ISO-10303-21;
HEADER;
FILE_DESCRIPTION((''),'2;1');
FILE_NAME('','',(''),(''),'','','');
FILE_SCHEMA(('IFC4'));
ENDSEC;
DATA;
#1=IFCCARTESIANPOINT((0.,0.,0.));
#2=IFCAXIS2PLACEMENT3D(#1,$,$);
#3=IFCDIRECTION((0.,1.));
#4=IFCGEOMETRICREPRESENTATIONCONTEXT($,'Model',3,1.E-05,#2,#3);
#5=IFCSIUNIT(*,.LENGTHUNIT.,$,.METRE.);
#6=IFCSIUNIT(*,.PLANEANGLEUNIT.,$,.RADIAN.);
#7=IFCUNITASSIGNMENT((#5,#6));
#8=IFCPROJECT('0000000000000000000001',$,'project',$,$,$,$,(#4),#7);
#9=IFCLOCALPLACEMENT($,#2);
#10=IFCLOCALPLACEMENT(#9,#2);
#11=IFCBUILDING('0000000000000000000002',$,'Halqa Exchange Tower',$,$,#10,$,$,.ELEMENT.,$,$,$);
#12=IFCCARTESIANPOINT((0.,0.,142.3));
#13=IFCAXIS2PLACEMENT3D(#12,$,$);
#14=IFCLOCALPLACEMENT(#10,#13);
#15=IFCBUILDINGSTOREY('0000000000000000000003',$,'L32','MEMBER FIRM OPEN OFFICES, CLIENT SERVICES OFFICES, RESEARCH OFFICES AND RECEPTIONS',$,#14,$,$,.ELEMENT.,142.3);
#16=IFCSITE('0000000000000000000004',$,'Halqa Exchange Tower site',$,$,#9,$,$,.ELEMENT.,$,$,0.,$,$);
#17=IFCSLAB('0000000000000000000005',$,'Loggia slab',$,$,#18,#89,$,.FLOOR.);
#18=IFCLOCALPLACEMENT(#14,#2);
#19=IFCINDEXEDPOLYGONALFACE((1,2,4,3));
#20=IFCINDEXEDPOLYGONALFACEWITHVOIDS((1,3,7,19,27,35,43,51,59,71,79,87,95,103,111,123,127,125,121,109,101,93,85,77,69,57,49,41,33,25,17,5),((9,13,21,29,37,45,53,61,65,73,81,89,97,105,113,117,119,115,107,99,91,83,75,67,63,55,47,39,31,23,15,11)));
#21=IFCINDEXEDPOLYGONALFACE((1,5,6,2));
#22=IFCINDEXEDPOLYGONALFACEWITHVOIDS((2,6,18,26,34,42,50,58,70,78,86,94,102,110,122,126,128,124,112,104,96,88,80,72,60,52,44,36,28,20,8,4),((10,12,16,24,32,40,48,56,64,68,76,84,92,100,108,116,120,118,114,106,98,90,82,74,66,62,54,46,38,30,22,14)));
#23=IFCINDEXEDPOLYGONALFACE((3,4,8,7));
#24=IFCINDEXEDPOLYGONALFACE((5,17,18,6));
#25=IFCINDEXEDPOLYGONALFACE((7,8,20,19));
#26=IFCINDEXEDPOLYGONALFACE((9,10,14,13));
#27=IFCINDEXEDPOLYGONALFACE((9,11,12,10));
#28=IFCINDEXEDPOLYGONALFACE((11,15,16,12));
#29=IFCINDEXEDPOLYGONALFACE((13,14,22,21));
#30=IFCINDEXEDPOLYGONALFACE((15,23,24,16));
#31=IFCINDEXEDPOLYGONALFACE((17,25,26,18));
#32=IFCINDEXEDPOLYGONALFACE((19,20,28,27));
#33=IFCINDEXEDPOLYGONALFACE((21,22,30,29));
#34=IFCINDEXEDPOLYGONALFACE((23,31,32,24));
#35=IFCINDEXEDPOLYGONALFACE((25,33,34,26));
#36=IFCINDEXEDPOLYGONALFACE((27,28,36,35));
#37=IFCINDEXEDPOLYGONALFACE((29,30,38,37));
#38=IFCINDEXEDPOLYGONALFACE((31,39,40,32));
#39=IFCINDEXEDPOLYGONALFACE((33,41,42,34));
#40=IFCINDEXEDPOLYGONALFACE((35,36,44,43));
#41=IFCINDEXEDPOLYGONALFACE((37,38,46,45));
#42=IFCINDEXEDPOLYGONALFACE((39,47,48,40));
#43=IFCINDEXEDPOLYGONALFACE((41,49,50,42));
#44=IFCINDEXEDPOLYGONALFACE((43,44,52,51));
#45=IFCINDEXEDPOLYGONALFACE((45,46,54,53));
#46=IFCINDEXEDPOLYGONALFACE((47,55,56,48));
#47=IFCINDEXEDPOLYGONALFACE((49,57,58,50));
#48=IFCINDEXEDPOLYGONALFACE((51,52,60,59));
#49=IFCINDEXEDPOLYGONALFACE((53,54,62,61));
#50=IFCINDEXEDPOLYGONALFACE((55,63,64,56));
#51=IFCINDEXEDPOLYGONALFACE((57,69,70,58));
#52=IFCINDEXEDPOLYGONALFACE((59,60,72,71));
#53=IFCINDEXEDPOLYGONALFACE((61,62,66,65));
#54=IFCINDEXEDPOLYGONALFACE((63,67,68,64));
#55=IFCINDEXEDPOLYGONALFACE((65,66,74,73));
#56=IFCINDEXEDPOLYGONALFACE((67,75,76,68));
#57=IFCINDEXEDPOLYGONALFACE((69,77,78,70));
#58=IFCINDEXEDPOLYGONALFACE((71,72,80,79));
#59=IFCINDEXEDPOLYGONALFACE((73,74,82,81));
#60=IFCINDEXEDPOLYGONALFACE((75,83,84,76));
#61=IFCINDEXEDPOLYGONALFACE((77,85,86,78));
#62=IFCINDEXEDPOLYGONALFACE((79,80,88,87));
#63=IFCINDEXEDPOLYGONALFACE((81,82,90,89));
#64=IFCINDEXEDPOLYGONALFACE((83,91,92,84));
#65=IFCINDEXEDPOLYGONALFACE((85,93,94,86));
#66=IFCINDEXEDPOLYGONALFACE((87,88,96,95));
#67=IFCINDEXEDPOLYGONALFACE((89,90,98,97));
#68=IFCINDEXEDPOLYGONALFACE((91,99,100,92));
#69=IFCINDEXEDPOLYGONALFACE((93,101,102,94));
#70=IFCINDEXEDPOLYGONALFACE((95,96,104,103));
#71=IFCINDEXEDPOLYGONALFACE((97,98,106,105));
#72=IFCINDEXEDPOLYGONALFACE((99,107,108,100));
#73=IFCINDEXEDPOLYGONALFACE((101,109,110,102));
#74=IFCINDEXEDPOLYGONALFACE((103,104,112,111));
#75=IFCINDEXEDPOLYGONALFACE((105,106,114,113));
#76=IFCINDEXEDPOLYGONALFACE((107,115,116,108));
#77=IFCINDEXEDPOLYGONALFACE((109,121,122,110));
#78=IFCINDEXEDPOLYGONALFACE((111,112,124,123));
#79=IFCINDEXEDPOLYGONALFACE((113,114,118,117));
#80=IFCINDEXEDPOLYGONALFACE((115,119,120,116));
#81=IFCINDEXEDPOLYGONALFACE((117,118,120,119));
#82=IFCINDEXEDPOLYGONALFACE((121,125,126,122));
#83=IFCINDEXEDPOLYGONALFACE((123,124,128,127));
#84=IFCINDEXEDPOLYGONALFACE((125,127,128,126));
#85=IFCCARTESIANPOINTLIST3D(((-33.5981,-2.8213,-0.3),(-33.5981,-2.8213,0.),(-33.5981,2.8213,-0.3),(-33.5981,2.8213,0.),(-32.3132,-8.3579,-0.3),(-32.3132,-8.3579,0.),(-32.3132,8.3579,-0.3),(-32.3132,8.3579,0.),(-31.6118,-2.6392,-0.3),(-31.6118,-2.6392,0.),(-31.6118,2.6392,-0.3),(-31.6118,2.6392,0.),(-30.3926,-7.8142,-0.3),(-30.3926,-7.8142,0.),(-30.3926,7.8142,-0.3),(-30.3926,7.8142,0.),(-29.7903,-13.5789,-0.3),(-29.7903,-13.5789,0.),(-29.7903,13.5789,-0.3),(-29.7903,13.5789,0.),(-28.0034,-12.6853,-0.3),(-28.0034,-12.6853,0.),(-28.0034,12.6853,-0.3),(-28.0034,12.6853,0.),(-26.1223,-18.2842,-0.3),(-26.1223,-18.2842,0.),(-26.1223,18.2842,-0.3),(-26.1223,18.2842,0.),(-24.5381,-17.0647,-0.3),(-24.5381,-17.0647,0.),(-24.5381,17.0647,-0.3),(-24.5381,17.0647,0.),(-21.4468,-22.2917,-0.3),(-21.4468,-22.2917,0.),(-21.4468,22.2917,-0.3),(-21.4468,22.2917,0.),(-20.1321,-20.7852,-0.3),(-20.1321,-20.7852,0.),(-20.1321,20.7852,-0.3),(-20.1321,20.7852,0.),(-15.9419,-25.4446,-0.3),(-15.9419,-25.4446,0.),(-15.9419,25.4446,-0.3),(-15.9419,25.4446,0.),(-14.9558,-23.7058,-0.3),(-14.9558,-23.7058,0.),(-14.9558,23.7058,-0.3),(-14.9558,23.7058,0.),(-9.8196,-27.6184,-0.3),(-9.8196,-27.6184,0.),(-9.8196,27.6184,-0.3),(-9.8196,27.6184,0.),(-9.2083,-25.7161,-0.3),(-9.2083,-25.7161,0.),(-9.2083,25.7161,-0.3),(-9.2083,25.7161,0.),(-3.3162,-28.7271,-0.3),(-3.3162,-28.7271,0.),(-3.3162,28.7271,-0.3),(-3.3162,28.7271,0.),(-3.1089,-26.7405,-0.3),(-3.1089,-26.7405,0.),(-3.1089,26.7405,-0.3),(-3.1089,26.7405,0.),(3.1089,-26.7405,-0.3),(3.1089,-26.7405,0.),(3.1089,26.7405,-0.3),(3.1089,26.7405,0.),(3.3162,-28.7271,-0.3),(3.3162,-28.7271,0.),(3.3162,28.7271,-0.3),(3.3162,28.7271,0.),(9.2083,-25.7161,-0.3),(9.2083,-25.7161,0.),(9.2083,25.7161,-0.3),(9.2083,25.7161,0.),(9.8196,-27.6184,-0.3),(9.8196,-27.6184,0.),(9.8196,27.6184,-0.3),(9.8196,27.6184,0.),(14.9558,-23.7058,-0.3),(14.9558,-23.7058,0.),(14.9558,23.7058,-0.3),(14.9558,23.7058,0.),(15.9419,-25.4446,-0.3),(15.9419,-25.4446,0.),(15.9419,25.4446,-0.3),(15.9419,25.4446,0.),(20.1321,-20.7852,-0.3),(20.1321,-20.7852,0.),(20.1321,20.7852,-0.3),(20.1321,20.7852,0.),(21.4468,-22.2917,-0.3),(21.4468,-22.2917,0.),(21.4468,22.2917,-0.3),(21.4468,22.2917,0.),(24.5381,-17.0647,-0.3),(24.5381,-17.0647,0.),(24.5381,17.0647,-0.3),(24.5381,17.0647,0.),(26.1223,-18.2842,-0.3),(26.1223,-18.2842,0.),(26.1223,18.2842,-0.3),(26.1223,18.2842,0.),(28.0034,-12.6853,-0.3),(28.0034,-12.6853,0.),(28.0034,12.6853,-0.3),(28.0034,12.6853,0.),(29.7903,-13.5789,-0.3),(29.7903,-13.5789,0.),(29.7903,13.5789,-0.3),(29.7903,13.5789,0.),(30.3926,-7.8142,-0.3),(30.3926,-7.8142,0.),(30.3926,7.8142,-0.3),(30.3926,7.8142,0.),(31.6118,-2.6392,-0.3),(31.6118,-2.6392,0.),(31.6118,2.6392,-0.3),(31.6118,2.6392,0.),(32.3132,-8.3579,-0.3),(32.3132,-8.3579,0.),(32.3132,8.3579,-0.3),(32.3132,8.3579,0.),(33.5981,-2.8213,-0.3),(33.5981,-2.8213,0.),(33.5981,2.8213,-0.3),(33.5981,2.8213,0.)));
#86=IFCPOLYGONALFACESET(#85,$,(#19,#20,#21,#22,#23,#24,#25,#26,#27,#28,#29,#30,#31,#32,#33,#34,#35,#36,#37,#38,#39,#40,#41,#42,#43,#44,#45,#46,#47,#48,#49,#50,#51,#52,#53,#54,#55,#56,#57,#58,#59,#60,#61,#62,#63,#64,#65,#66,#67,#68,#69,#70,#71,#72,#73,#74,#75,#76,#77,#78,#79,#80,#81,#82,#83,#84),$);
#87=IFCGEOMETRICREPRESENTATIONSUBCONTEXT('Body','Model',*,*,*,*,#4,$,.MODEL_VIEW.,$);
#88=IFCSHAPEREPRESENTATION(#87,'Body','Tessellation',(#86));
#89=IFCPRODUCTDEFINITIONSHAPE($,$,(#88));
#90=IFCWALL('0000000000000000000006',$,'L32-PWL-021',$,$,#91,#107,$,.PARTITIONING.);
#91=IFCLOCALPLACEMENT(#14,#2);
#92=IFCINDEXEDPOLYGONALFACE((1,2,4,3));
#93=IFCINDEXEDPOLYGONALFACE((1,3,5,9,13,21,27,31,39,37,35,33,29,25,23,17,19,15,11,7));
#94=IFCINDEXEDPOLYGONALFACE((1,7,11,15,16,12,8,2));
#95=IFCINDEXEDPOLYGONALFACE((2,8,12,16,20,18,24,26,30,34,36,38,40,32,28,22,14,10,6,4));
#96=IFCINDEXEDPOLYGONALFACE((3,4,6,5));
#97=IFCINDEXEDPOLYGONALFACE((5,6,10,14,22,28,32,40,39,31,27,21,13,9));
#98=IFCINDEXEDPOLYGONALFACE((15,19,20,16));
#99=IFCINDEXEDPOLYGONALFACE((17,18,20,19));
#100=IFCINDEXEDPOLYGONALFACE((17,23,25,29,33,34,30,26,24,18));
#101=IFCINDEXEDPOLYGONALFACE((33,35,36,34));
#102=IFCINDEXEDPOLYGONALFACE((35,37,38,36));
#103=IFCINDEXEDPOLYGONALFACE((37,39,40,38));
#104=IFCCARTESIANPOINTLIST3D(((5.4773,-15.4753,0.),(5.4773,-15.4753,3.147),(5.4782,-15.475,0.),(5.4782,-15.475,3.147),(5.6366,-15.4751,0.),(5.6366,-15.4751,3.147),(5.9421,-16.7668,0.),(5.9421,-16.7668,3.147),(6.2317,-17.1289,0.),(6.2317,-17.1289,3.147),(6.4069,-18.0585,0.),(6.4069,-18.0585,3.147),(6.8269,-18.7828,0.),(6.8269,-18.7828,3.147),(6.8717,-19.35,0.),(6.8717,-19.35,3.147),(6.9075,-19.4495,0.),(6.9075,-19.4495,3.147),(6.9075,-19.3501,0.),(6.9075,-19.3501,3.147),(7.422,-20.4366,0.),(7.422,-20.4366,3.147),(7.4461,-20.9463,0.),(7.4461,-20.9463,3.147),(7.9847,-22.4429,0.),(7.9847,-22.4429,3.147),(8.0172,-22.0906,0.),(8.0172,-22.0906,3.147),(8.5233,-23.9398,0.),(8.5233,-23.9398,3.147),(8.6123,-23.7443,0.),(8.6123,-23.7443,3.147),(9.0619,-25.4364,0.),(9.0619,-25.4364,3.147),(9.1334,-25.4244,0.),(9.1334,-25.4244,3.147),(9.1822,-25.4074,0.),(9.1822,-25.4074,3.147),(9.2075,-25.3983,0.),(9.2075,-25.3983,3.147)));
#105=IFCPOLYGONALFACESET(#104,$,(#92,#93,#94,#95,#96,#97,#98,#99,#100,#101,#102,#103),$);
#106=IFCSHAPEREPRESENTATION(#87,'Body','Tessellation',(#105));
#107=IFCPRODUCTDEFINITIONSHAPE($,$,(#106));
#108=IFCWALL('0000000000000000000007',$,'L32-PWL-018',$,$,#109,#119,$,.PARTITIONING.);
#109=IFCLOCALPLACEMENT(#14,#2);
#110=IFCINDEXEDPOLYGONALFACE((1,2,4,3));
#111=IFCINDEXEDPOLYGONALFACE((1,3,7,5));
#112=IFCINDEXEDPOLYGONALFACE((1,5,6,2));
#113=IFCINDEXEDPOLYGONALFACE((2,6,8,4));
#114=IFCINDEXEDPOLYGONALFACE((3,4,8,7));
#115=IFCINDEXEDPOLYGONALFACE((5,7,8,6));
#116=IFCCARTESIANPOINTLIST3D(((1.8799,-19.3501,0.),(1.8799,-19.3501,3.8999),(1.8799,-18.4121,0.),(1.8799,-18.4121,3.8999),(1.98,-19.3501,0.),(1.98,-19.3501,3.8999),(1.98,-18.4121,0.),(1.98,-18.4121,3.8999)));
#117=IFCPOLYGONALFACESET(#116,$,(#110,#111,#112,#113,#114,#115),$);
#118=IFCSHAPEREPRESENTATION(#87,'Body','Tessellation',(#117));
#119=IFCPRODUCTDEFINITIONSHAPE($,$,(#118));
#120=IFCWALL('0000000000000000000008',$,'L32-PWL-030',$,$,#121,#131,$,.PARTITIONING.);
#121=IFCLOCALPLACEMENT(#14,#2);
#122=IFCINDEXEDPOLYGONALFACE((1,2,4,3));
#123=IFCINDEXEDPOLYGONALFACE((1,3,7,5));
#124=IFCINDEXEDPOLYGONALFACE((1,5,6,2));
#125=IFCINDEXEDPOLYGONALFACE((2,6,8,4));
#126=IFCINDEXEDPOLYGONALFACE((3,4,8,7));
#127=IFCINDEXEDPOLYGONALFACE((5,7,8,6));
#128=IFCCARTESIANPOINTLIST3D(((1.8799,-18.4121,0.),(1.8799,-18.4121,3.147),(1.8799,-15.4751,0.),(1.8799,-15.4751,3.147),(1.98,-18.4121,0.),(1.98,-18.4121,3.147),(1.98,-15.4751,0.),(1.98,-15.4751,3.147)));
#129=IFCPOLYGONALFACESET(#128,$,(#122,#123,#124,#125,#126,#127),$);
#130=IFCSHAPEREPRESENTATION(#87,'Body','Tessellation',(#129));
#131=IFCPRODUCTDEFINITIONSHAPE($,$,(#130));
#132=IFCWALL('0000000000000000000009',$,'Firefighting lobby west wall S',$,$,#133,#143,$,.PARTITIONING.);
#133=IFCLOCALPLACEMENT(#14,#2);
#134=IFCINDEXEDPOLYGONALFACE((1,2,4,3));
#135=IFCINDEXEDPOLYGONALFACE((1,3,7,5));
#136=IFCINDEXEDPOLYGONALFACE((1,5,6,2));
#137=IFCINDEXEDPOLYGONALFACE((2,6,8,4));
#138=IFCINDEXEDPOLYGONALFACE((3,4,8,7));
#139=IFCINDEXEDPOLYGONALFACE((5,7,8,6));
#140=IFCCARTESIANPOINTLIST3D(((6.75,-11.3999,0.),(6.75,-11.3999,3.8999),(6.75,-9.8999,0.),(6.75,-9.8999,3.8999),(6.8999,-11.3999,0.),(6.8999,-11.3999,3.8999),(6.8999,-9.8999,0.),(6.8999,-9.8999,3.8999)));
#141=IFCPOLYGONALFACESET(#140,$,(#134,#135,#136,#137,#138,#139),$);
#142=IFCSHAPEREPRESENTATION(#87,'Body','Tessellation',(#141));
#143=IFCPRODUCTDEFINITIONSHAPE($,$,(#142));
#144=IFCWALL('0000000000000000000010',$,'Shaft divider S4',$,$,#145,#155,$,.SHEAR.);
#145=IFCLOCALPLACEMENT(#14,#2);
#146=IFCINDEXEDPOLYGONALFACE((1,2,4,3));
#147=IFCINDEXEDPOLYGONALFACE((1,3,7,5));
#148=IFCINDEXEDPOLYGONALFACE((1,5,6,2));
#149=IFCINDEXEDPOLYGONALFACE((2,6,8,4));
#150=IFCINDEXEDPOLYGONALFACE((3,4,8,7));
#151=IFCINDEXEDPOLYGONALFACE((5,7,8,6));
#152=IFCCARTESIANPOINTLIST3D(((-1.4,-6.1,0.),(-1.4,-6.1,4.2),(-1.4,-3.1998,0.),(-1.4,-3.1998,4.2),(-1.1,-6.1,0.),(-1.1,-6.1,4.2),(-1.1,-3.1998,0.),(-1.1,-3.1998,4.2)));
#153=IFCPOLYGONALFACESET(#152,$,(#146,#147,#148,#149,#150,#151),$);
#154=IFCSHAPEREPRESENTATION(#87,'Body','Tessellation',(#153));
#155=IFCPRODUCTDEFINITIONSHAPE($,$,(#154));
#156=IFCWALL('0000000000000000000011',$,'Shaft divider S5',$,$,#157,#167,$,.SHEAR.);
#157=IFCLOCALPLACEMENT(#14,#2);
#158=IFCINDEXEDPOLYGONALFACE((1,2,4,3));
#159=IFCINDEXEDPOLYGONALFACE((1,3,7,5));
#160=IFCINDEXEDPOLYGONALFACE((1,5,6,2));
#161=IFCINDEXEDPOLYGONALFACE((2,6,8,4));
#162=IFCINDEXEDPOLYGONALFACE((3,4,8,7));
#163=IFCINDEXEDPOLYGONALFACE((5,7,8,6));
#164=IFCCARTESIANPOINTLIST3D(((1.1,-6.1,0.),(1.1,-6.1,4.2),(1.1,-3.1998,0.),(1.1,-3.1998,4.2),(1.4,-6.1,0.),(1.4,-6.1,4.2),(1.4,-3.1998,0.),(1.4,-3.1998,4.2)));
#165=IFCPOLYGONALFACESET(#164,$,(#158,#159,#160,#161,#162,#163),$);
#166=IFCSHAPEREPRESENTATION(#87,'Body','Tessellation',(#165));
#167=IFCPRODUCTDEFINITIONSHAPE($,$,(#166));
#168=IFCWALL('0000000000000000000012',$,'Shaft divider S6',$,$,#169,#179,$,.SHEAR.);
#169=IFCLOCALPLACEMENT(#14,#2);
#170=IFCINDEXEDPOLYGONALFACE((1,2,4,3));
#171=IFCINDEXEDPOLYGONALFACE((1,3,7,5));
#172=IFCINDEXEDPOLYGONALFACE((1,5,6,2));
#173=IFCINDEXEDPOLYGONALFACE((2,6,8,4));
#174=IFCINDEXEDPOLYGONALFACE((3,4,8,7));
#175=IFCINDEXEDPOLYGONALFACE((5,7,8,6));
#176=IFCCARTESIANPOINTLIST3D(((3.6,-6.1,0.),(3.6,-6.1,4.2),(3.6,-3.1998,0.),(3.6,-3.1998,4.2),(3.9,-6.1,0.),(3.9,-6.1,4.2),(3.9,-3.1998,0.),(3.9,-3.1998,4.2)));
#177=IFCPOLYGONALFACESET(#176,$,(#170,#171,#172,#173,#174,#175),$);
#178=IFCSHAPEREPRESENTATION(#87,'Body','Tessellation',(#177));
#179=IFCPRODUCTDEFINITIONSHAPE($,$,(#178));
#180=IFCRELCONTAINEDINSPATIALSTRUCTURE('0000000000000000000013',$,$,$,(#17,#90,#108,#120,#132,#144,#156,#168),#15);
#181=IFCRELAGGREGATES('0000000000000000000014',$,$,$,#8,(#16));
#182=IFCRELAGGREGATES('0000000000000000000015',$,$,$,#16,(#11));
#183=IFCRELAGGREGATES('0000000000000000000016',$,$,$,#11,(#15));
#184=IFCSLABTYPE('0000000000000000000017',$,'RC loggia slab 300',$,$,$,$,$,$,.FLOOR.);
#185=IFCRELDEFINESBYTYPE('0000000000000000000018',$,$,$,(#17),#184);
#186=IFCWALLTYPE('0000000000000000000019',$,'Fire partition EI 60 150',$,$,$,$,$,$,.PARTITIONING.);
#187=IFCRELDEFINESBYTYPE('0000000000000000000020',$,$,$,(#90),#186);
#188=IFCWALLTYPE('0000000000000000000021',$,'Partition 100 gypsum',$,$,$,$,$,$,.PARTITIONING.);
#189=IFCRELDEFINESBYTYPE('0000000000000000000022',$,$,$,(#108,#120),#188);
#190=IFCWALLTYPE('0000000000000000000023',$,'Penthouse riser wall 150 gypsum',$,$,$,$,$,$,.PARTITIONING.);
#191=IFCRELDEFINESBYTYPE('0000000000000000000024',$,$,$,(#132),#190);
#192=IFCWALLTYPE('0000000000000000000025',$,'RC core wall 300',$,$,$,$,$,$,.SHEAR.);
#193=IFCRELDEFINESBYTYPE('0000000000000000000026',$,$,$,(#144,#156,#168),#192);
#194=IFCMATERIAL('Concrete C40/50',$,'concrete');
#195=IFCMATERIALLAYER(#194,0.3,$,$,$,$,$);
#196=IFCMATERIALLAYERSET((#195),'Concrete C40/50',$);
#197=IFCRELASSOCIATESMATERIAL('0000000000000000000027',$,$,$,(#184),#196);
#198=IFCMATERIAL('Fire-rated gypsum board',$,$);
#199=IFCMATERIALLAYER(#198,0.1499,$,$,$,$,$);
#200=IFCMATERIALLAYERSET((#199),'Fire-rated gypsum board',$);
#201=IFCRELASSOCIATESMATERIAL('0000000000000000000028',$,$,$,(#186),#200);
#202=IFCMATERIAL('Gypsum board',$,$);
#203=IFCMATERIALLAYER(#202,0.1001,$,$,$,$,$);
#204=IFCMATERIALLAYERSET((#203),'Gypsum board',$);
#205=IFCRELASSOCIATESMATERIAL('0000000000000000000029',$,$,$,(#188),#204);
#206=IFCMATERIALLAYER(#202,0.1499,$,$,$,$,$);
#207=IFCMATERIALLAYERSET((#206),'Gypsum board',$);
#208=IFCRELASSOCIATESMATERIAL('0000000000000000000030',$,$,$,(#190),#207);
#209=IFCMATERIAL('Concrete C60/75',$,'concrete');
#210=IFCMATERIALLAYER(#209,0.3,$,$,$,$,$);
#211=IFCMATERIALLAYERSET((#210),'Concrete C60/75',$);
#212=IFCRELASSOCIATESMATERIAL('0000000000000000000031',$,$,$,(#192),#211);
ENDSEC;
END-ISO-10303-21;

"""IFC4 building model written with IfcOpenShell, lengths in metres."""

from ifc_helpers import new_model, si_unit, direction, frame, frame_2d, origin, place, context, subcontext, project, spatial, polyline, rectangle, outline, extrude, material, layer, layer_set, type_object, element, save


model = new_model("IFC4")

# Units and contexts
model_context = context("Model", 3, precision=1e-05, world=origin(), true_north=direction((0.0, 1.0)))
body_context = subcontext(model_context, "Body", "Model", "MODEL_VIEW")
ifc_project = project(units=[si_unit("LENGTHUNIT", "METRE"), si_unit("PLANEANGLEUNIT", "RADIAN")], contexts=[model_context])

# Site, building, storey
site_placement = place(None, origin())
site = spatial("IfcSite", under=ifc_project, at=site_placement, Name="Halqa Exchange Tower site", CompositionType="ELEMENT", RefElevation=0.0)
building_placement = place(site_placement, origin())
building = spatial("IfcBuilding", under=site, at=building_placement, Name="Halqa Exchange Tower", CompositionType="ELEMENT")
storey_placement = place(building_placement, frame((0.0, 0.0, 142.3)))
storey = spatial("IfcBuildingStorey", under=building, at=storey_placement, Name="L32", Description="MEMBER FIRM OPEN OFFICES, CLIENT SERVICES OFFICES, RESEARCH OFFICES AND RECEPTIONS", CompositionType="ELEMENT", Elevation=142.3)

# Shared definitions
ifc_material_1 = material(Name="Concrete C60/75", Category="concrete")

# Slab
ifc_material_2 = material(Name="Concrete C40/50", Category="concrete")
ifc_layer_1 = layer(ifc_material_2, 0.3)
ifc_layer_set_1 = layer_set([ifc_layer_1], Name="Concrete C40/50")
slab_type_1 = type_object("IfcSlabType", Name="RC loggia slab 300", PredefinedType="FLOOR", material=ifc_layer_set_1)
slab_1_placement = place(storey_placement, frame((0.0, 0.0, -0.3)))
element("IfcSlab", 1, at=slab_1_placement, inside=storey, type_object=slab_type_1, Name="Loggia slab", PredefinedType="FLOOR", context=body_context, shape_type="SweptSolid", body=[
    extrude(outline(polyline([(33.5981, 2.8213), (33.5981, -2.8213), (32.3132, -8.3579), (29.7903, -13.5789), (26.1223, -18.2842), (21.4468, -22.2917), (15.9419, -25.4446), (9.8196, -27.6184), (3.3162, -28.7271), (-3.3162, -28.7271), (-9.8196, -27.6184), (-15.9419, -25.4446), (-21.4468, -22.2917), (-26.1223, -18.2842), (-29.7903, -13.5789), (-32.3132, -8.3579), (-33.5981, -2.8213), (-33.5981, 2.8213), (-32.3132, 8.3579), (-29.7903, 13.5789), (-26.1223, 18.2842), (-21.4468, 22.2917), (-15.9419, 25.4446), (-9.8196, 27.6184), (-3.3162, 28.7271), (3.3162, 28.7271), (9.8196, 27.6184), (15.9419, 25.4446), (21.4468, 22.2917), (26.1223, 18.2842), (29.7903, 13.5789), (32.3132, 8.3579), (33.5981, 2.8213)]), holes=[polyline([(31.6118, 2.6392), (30.3926, 7.8142), (28.0034, 12.6853), (24.5381, 17.0647), (20.1321, 20.7852), (14.9558, 23.7058), (9.2083, 25.7161), (3.1089, 26.7405), (-3.1089, 26.7405), (-9.2083, 25.7161), (-14.9558, 23.7058), (-20.1321, 20.7852), (-24.5381, 17.0647), (-28.0034, 12.6853), (-30.3926, 7.8142), (-31.6118, 2.6392), (-31.6118, -2.6392), (-30.3926, -7.8142), (-28.0034, -12.6853), (-24.5381, -17.0647), (-20.1321, -20.7852), (-14.9558, -23.7058), (-9.2083, -25.7161), (-3.1089, -26.7405), (3.1089, -26.7405), (9.2083, -25.7161), (14.9558, -23.7058), (20.1321, -20.7852), (24.5381, -17.0647), (28.0034, -12.6853), (30.3926, -7.8142), (31.6118, -2.6392), (31.6118, 2.6392)])]), origin(), (0.0, 0.0, 1.0), 0.3),
])

# Walls
ifc_material_3 = material(Name="Fire-rated gypsum board")
ifc_layer_2 = layer(ifc_material_3, 0.1499)
ifc_layer_set_2 = layer_set([ifc_layer_2], Name="Fire-rated gypsum board")
wall_type_1 = type_object("IfcWallType", Name="Fire partition EI 60 150", PredefinedType="PARTITIONING", material=ifc_layer_set_2)
wall_1_placement = place(storey_placement, frame((5.5479, -15.45, 0.0), z_axis=(0.0, 0.0, 1.0), x_axis=(0.338603, -0.940929, 0.0)))
element("IfcWall", 2, at=wall_1_placement, inside=storey, type_object=wall_type_1, Name="L32-PWL-021", PredefinedType="PARTITIONING", context=body_context, shape_type="SweptSolid", body=[
    extrude(outline(polyline([(0.0, -0.075), (1.3726, -0.075), (2.7454, -0.075), (4.1179, -0.075), (4.1301, -0.0413), (4.2236, -0.075), (5.8145, -0.075), (7.405, -0.075), (8.9958, -0.075), (10.5864, -0.075), (10.5994, -0.0037), (10.5999, 0.0481), (10.5999, 0.075), (8.842, 0.075), (7.0845, 0.075), (5.3267, 0.075), (3.5691, 0.075), (1.8113, 0.075), (0.0537, 0.075), (0.0, -0.074), (0.0, -0.075)])), origin(), (0.0, 0.0, 1.0), 3.147),
])
ifc_material_4 = material(Name="Gypsum board")
ifc_layer_3 = layer(ifc_material_4, 0.1001)
ifc_layer_set_3 = layer_set([ifc_layer_3], Name="Gypsum board")
wall_type_2 = type_object("IfcWallType", Name="Partition 100 gypsum", PredefinedType="PARTITIONING", material=ifc_layer_set_3)
wall_2_placement = place(storey_placement, frame((1.9299, -19.3501, 0.0), z_axis=(0.0, 0.0, 1.0), x_axis=(0.0, 1.0, 0.0)))
element("IfcWall", 3, at=wall_2_placement, inside=storey, type_object=wall_type_2, Name="L32-PWL-018", PredefinedType="PARTITIONING", context=body_context, shape_type="SweptSolid", body=[
    extrude(rectangle(XDim=0.938, YDim=0.1001, at=frame_2d((0.469, 0.0))), origin(), (0.0, 0.0, 1.0), 3.8999),
])
wall_3_placement = place(storey_placement, frame((1.9299, -18.4121, 0.0), z_axis=(0.0, 0.0, 1.0), x_axis=(0.0, 1.0, 0.0)))
element("IfcWall", 4, at=wall_3_placement, inside=storey, type_object=wall_type_2, Name="L32-PWL-030", PredefinedType="PARTITIONING", context=body_context, shape_type="SweptSolid", body=[
    extrude(rectangle(XDim=2.937, YDim=0.1001, at=frame_2d((1.4685, 0.0))), origin(), (0.0, 0.0, 1.0), 3.147),
])
ifc_layer_4 = layer(ifc_material_4, 0.1499)
ifc_layer_set_4 = layer_set([ifc_layer_4], Name="Gypsum board")
wall_type_3 = type_object("IfcWallType", Name="Penthouse riser wall 150 gypsum", PredefinedType="PARTITIONING", material=ifc_layer_set_4)
wall_4_placement = place(storey_placement, frame((6.825, -11.3999, 0.0), z_axis=(0.0, 0.0, 1.0), x_axis=(0.0, 1.0, 0.0)))
element("IfcWall", 5, at=wall_4_placement, inside=storey, type_object=wall_type_3, Name="Firefighting lobby west wall S", PredefinedType="PARTITIONING", context=body_context, shape_type="SweptSolid", body=[
    extrude(rectangle(XDim=1.5, YDim=0.1499, at=frame_2d((0.75, 0.0))), origin(), (0.0, 0.0, 1.0), 3.8999),
])
ifc_layer_5 = layer(ifc_material_1, 0.3)
ifc_layer_set_5 = layer_set([ifc_layer_5], Name="Concrete C60/75")
wall_type_4 = type_object("IfcWallType", Name="RC core wall 300", PredefinedType="SHEAR", material=ifc_layer_set_5)
for number, where, z_axis, x_axis, name in (
    (6, (-1.25, -6.1001, 0.0), (0.0, 0.0, 1.0), (0.0, 1.0, 0.0), "Shaft divider S4"),
    (7, (1.25, -6.1001, 0.0), (0.0, 0.0, 1.0), (0.0, 1.0, 0.0), "Shaft divider S5"),
    (8, (3.75, -6.1001, 0.0), (0.0, 0.0, 1.0), (0.0, 1.0, 0.0), "Shaft divider S6"),
):
    element("IfcWall", number, at=place(storey_placement, frame(where, z_axis=z_axis, x_axis=x_axis)), inside=storey, type_object=wall_type_4, Name=name, PredefinedType="SHEAR", context=body_context, shape_type="SweptSolid", body=[
        extrude(rectangle(XDim=2.9001, YDim=0.3, at=frame_2d((1.4502, 0.0))), origin(), (0.0, 0.0, 1.0), 4.2),
    ])

save(model, "model.ifc")
